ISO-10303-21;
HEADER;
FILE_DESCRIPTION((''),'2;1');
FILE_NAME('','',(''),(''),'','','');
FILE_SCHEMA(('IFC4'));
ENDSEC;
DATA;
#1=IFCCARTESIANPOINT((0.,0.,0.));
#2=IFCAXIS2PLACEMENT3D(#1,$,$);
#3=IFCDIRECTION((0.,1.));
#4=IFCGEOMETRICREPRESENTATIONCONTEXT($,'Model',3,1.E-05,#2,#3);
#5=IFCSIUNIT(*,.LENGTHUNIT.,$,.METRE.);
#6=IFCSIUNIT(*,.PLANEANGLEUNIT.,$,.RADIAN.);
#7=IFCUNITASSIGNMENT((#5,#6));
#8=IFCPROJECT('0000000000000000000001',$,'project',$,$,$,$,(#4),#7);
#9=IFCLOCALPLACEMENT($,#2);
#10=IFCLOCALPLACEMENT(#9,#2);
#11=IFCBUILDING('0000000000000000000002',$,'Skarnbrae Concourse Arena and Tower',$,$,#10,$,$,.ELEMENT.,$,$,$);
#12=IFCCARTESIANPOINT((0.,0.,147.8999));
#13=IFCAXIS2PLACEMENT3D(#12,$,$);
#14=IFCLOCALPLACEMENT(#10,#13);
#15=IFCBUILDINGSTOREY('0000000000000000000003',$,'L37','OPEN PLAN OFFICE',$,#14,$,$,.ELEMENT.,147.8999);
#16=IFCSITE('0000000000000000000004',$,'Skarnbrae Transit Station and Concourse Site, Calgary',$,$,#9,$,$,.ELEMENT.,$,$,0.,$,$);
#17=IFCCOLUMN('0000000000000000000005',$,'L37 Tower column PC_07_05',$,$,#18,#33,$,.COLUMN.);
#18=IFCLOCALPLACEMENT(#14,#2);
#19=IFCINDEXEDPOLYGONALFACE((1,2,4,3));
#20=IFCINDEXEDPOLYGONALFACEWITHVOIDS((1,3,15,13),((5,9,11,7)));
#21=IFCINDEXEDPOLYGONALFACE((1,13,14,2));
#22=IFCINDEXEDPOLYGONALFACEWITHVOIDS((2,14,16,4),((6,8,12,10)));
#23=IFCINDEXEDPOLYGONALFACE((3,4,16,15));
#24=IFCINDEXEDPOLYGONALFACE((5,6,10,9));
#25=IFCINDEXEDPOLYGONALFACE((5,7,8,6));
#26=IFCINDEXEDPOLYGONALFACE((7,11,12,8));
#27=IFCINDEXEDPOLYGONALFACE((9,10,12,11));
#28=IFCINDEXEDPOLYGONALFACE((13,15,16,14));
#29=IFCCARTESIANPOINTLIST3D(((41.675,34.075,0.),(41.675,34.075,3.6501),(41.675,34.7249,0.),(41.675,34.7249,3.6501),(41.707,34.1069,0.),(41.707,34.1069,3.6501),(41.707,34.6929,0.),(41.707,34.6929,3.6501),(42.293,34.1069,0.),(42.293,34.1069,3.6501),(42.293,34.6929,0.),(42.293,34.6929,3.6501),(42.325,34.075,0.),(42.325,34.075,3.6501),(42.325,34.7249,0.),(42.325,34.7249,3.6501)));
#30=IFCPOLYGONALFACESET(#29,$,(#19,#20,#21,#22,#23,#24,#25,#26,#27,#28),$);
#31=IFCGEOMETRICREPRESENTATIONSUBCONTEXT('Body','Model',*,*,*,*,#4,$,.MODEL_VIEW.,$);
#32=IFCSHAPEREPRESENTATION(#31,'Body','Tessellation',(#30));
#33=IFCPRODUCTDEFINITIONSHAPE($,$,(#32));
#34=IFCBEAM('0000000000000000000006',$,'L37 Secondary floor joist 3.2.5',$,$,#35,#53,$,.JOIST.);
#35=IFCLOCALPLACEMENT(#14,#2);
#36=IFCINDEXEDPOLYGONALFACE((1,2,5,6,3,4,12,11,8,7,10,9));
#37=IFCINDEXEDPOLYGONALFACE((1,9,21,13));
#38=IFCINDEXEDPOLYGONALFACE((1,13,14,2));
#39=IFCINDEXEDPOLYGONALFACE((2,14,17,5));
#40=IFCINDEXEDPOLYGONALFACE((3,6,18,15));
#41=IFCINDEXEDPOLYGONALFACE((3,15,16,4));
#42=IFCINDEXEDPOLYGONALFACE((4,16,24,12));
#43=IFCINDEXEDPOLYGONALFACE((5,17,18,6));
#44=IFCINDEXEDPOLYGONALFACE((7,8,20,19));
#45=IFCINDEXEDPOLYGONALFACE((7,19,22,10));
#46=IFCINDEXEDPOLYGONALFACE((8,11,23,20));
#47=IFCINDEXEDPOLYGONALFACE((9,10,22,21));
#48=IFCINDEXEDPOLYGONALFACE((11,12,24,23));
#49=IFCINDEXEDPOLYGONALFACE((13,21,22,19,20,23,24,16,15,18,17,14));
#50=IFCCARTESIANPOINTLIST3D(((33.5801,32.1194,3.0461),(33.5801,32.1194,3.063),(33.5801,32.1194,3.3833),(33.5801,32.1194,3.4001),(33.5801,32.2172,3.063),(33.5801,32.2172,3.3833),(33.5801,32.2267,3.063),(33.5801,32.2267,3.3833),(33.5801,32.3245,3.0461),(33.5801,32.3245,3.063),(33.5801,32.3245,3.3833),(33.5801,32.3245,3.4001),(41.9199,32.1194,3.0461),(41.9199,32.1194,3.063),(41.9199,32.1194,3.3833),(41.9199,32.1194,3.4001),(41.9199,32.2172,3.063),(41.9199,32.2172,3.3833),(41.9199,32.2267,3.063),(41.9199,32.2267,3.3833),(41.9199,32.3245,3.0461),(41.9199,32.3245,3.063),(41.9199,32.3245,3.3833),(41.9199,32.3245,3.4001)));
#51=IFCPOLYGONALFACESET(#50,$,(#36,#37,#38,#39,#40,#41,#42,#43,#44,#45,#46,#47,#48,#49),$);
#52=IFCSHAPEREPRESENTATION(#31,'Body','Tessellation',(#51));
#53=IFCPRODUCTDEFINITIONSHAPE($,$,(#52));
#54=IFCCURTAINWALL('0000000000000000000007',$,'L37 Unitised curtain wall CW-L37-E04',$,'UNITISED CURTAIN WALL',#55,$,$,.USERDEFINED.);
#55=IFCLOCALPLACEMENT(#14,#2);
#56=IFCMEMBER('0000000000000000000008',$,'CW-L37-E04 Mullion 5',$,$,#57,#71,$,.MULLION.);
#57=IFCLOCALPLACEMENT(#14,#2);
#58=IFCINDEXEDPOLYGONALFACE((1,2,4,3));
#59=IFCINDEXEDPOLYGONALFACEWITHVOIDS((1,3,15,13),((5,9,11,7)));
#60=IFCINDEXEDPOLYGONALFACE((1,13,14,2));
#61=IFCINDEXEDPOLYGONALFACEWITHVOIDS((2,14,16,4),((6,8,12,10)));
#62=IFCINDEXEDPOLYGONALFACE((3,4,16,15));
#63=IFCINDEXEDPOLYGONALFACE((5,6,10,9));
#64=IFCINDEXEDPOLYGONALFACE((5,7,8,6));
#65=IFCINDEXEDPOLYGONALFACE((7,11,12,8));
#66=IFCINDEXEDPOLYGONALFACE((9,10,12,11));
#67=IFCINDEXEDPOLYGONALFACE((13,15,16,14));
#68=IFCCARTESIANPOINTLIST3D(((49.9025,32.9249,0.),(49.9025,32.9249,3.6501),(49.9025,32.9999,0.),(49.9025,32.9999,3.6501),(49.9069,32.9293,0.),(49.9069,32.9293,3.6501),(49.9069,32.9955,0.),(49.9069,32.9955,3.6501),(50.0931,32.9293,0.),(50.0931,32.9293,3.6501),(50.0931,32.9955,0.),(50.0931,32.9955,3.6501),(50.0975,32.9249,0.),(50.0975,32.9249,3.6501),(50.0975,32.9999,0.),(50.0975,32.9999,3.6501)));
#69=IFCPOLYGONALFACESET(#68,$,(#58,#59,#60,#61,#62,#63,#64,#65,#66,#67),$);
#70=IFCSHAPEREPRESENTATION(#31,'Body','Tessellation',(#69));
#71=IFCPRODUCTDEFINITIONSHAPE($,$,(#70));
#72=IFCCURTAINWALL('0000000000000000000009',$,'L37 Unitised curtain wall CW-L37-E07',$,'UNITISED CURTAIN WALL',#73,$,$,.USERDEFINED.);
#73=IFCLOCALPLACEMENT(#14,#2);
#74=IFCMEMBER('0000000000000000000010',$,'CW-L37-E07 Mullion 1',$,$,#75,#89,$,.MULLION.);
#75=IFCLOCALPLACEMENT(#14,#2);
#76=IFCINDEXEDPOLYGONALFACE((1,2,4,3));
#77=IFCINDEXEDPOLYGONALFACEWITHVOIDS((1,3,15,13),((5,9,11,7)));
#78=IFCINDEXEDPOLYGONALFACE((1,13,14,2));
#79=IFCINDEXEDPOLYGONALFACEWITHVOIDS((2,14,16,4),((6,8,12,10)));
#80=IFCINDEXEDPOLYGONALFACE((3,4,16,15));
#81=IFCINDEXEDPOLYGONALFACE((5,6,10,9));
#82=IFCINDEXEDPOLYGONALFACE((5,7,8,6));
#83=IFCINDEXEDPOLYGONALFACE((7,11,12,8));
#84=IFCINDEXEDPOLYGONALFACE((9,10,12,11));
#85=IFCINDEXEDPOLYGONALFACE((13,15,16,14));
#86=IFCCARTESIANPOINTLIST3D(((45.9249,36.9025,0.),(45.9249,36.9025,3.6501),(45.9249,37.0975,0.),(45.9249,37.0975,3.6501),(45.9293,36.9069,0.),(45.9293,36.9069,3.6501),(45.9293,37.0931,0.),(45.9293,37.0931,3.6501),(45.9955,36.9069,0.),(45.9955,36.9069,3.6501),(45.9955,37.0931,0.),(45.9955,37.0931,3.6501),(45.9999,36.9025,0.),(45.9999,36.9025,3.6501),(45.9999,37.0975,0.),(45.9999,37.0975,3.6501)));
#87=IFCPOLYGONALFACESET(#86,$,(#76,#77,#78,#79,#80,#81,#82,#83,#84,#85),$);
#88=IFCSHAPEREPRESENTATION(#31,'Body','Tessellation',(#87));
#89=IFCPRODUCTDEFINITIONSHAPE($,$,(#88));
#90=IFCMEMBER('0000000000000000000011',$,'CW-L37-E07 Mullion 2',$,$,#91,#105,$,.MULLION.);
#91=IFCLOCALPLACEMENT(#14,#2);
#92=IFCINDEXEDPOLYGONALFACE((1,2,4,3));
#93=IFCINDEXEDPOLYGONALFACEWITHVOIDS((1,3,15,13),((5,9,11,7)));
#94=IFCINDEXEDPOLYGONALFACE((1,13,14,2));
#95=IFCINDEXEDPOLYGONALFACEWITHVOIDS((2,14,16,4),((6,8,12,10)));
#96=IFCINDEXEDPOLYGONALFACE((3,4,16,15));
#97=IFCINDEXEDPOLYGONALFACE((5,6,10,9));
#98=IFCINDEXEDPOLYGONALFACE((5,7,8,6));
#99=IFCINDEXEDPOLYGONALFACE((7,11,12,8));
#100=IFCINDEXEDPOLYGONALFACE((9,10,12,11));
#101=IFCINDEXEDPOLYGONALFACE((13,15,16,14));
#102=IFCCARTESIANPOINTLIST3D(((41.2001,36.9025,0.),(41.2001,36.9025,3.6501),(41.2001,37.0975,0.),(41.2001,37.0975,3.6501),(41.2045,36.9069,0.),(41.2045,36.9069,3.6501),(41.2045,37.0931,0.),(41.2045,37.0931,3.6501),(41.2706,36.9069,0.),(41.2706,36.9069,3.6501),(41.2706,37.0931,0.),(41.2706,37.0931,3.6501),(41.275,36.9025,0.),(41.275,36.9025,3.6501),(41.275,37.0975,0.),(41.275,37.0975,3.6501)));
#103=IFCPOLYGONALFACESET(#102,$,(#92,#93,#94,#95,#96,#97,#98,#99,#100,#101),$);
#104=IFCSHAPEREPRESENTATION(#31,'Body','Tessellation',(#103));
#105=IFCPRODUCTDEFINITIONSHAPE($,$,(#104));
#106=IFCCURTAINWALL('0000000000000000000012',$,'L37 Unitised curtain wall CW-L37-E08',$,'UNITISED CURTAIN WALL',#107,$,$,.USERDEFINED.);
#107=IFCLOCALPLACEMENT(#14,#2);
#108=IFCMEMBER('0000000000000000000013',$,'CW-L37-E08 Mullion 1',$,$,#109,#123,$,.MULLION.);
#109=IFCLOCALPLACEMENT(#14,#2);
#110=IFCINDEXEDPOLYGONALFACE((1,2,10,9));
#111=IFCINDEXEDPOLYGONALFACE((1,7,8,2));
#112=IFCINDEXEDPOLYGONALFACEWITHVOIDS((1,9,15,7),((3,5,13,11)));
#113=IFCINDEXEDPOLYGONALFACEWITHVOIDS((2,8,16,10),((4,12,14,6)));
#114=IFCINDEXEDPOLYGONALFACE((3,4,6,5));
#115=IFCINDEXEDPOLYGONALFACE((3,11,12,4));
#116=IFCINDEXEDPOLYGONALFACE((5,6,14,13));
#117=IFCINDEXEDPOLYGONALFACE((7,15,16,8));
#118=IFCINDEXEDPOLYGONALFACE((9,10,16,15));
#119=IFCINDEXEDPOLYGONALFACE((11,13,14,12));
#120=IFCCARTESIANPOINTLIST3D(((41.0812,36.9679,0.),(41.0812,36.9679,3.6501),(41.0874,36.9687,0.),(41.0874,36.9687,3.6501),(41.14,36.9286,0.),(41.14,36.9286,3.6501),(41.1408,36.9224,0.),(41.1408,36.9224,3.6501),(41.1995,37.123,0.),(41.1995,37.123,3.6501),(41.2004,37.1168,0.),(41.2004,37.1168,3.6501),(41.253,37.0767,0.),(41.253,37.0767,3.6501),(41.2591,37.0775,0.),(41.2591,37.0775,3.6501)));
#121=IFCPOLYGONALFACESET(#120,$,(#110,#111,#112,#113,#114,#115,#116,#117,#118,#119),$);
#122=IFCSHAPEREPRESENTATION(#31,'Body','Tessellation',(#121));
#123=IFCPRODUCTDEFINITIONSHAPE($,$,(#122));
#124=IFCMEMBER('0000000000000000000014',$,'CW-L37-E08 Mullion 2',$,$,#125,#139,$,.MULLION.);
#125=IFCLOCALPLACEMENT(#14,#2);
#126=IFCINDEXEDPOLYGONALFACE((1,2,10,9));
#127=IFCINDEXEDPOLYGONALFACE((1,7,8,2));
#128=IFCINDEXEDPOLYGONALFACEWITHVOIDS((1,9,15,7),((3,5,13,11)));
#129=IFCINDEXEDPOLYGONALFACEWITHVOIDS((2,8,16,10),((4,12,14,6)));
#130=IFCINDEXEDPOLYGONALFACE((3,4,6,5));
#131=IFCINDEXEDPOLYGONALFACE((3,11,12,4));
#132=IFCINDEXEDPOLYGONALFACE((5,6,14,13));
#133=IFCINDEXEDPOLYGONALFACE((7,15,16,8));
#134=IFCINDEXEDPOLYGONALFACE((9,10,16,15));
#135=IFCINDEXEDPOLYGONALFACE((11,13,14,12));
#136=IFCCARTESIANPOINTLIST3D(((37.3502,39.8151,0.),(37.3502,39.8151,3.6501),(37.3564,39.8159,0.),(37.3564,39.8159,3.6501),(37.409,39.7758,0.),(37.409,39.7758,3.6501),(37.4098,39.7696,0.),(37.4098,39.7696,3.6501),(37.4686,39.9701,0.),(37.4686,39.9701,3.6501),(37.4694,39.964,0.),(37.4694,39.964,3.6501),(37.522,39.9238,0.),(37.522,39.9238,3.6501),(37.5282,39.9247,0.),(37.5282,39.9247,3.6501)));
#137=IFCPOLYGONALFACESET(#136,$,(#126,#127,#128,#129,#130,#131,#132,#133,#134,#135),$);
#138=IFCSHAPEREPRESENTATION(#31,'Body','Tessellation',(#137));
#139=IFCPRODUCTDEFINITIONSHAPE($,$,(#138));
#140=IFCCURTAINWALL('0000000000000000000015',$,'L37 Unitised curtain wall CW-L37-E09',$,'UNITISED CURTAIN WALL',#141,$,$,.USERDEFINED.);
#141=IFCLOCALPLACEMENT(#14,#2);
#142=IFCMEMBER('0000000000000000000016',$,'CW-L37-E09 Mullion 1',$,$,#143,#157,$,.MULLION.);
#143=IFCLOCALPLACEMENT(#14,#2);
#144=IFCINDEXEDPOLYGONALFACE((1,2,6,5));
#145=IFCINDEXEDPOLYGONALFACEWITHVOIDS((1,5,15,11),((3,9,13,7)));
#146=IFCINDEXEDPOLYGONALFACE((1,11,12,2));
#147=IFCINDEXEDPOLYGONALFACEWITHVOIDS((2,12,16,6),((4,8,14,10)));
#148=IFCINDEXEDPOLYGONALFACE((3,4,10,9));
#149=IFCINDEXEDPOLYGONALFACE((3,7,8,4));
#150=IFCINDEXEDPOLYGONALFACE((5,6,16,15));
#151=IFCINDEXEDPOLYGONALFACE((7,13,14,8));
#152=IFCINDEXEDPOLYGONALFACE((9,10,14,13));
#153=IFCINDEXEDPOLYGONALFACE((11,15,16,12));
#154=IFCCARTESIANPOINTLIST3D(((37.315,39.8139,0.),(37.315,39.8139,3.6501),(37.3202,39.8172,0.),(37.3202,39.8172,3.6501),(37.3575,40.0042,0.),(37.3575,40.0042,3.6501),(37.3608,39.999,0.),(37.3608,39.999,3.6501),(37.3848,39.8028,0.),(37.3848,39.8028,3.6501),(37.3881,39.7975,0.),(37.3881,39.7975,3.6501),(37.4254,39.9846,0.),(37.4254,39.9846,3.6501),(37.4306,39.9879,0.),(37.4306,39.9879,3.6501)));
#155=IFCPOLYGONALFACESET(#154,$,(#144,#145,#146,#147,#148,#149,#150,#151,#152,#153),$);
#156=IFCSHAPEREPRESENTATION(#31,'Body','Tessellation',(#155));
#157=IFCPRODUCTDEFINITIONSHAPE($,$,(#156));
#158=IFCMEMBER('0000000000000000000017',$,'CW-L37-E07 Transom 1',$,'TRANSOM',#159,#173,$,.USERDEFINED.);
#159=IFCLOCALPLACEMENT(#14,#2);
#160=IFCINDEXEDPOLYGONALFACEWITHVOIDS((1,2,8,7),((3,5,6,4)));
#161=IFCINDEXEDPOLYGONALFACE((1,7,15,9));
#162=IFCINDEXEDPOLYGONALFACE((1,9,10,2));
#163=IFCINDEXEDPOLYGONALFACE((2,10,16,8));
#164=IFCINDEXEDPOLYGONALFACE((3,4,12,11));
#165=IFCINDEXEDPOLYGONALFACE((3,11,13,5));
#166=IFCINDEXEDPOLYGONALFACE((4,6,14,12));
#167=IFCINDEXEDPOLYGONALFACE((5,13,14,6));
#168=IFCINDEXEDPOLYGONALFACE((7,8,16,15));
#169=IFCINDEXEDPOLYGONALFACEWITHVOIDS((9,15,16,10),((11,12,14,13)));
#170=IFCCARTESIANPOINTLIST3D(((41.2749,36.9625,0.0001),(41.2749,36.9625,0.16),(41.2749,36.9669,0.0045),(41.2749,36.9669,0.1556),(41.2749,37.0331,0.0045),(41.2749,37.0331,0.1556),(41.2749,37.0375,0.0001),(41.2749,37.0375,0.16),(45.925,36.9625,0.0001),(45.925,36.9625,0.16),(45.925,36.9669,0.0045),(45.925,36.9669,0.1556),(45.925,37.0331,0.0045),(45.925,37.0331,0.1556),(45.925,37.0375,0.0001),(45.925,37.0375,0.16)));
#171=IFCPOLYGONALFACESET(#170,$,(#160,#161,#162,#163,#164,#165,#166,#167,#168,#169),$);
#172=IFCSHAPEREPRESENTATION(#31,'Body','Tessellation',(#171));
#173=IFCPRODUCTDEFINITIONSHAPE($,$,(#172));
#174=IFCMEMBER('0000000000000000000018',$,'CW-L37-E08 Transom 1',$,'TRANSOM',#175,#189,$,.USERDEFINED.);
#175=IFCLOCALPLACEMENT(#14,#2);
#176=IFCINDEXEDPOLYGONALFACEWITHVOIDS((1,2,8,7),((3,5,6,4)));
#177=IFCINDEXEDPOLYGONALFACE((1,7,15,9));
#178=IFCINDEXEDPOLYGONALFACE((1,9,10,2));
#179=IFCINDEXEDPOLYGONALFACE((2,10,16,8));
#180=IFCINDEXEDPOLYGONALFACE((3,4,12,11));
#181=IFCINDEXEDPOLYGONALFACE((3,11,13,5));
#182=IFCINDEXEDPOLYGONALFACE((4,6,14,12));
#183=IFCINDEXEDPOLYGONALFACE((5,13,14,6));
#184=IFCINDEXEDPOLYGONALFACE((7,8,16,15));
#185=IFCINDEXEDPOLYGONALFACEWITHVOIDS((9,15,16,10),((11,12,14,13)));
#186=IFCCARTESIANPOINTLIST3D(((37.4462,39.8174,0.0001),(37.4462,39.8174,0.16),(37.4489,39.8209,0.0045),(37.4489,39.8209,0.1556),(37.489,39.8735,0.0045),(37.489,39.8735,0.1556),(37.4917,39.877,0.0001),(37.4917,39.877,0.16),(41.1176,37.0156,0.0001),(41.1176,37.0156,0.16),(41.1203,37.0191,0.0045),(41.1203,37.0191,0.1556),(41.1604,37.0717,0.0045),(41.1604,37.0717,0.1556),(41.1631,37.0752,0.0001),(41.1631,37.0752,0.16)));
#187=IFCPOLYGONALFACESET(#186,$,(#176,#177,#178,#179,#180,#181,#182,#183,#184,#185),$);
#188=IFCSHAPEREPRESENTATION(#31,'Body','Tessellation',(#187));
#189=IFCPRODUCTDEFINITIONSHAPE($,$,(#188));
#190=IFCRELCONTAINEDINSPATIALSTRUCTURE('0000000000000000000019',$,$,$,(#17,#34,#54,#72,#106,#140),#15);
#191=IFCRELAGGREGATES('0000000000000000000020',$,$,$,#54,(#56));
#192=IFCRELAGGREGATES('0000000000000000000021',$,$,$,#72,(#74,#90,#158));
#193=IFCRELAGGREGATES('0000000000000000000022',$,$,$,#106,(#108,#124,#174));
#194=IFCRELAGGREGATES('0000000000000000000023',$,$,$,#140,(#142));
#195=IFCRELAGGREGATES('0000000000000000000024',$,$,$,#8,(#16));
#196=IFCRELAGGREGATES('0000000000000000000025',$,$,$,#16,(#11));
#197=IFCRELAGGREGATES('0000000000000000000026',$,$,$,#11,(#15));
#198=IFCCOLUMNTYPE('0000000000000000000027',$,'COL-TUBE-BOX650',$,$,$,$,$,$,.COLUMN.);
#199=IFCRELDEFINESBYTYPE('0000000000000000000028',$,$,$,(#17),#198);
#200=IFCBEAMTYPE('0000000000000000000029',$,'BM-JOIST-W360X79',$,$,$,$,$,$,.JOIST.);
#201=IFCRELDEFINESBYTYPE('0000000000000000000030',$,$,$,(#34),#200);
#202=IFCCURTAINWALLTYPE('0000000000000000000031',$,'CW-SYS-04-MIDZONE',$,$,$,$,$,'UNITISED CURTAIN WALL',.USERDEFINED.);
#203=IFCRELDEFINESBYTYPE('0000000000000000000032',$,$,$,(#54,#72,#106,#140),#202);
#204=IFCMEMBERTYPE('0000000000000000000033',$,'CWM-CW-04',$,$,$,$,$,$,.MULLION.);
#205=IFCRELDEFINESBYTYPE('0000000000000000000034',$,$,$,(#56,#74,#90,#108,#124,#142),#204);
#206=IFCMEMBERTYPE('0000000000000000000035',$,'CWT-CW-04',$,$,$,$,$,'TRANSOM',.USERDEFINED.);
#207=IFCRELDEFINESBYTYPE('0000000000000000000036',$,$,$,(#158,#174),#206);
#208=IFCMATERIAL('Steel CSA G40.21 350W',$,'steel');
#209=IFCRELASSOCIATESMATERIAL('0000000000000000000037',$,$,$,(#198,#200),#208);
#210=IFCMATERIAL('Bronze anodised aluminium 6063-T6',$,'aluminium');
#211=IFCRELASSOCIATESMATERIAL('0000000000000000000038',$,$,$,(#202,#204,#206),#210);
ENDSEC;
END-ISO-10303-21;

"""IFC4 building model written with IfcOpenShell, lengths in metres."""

from ifc_helpers import new_model, si_unit, direction, frame, origin, origin_2d, place, context, subcontext, project, spatial, hollow_rectangle, i_section, extrude, source, transform, mapped, material, material_profile, profile_set, type_object, element, aggregate, save


model = new_model("IFC4")

# Units and contexts
model_context = context("Model", 3, precision=1e-05, world=origin(), true_north=direction((0.0, 1.0)))
body_context = subcontext(model_context, "Body", "Model", "MODEL_VIEW")
ifc_project = project(units=[si_unit("LENGTHUNIT", "METRE"), si_unit("PLANEANGLEUNIT", "RADIAN")], contexts=[model_context])

# Site, building, storey
site_placement = place(None, origin())
site = spatial("IfcSite", under=ifc_project, at=site_placement, Name="Skarnbrae Transit Station and Concourse Site, Calgary", CompositionType="ELEMENT", RefElevation=0.0)
building_placement = place(site_placement, origin())
building = spatial("IfcBuilding", under=site, at=building_placement, Name="Skarnbrae Concourse Arena and Tower", CompositionType="ELEMENT")
storey_placement = place(building_placement, frame((0.0, 0.0, 147.8999)))
storey = spatial("IfcBuildingStorey", under=building, at=storey_placement, Name="L37", Description="OPEN PLAN OFFICE", CompositionType="ELEMENT", Elevation=147.8999)

# Column
ifc_material_1 = material(Name="Steel CSA G40.21 350W", Category="steel")
ifc_material_profile_1 = material_profile(ifc_material_1, hollow_rectangle(XDim=0.6499, YDim=0.6499, WallThickness=0.032, at=origin_2d()), Name="BOX650X650X32")
ifc_profile_set_1 = profile_set([ifc_material_profile_1], Name="Steel CSA G40.21 350W")
column_type = type_object("IfcColumnType", Name="COL-TUBE-BOX650", PredefinedType="COLUMN", material=ifc_profile_set_1)
shared_shape_1 = source(origin(), body_context, "Body", "SweptSolid", [
    extrude(hollow_rectangle(XDim=0.6499, YDim=0.6499, WallThickness=0.032, at=origin_2d()), origin(), (0.0, 0.0, 1.0), 3.6501),
])
column_placement = place(storey_placement, frame((42.0, 34.3999, 0.0), z_axis=(0.0, 0.0, 1.0), x_axis=(1.0, 0.0, 0.0)))
element("IfcColumn", 1, at=column_placement, inside=storey, type_object=column_type, Name="L37 Tower column PC_07_05", PredefinedType="COLUMN", context=body_context, shape_type="MappedRepresentation", body=[
    mapped(shared_shape_1, transform((0.0, 0.0, 0.0))),
])

# Beam
ifc_material_profile_2 = material_profile(ifc_material_1, i_section(OverallWidth=0.2051, OverallDepth=0.354, WebThickness=0.0095, FlangeThickness=0.0168, at=origin_2d()), Name="W360X79")
ifc_profile_set_2 = profile_set([ifc_material_profile_2], Name="Steel CSA G40.21 350W")
beam_type = type_object("IfcBeamType", Name="BM-JOIST-W360X79", PredefinedType="JOIST", material=ifc_profile_set_2)
shared_shape_2 = source(origin(), body_context, "Body", "SweptSolid", [
    extrude(i_section(OverallWidth=0.2051, OverallDepth=0.354, WebThickness=0.0095, FlangeThickness=0.0168, at=origin_2d()), origin(), (0.0, 0.0, 1.0), 8.3398),
])
beam_placement = place(storey_placement, frame((33.5801, 32.2219, 3.2231), z_axis=(1.0, 0.0, 0.0), x_axis=(0.0, 1.0, 0.0)))
element("IfcBeam", 2, at=beam_placement, inside=storey, type_object=beam_type, Name="L37 Secondary floor joist 3.2.5", PredefinedType="JOIST", context=body_context, shape_type="MappedRepresentation", body=[
    mapped(shared_shape_2, transform((0.0, 0.0, 0.0))),
])

# Curtain wall, member
ifc_material_2 = material(Name="Bronze anodised aluminium 6063-T6", Category="aluminium")
curtain_wall_type = type_object("IfcCurtainWallType", Name="CW-SYS-04-MIDZONE", ElementType="UNITISED CURTAIN WALL", PredefinedType="USERDEFINED", material=ifc_material_2)
curtain_wall_1_placement = place(storey_placement, origin())
curtain_wall_1 = element("IfcCurtainWall", 3, at=curtain_wall_1_placement, inside=storey, type_object=curtain_wall_type, Name="L37 Unitised curtain wall CW-L37-E04", ObjectType="UNITISED CURTAIN WALL", PredefinedType="USERDEFINED")
ifc_material_profile_3 = material_profile(ifc_material_2, hollow_rectangle(XDim=0.075, YDim=0.1951, WallThickness=0.0044, at=origin_2d()), Name="ALU-MULL-75X195")
ifc_profile_set_3 = profile_set([ifc_material_profile_3], Name="Bronze anodised aluminium 6063-T6")
member_type_1 = type_object("IfcMemberType", Name="CWM-CW-04", PredefinedType="MULLION", material=ifc_profile_set_3)
shared_shape_3 = source(origin(), body_context, "Body", "SweptSolid", [
    extrude(hollow_rectangle(XDim=0.075, YDim=0.1951, WallThickness=0.0044, at=origin_2d()), origin(), (0.0, 0.0, 1.0), 3.6501),
])
member_1_placement = place(storey_placement, frame((50.0, 32.9624, 0.0), z_axis=(0.0, 0.0, 1.0), x_axis=(0.0, 1.0, 0.0)))
member_1 = element("IfcMember", 4, at=member_1_placement, type_object=member_type_1, Name="CW-L37-E04 Mullion 5", PredefinedType="MULLION", context=body_context, shape_type="MappedRepresentation", body=[
    mapped(shared_shape_3, transform((0.0, 0.0, 0.0))),
])
aggregate(curtain_wall_1, [member_1])

# Curtain walls, members
curtain_wall_2_placement = place(storey_placement, origin())
curtain_wall_2 = element("IfcCurtainWall", 5, at=curtain_wall_2_placement, inside=storey, type_object=curtain_wall_type, Name="L37 Unitised curtain wall CW-L37-E07", ObjectType="UNITISED CURTAIN WALL", PredefinedType="USERDEFINED")
member_2_placement = place(storey_placement, frame((45.9624, 37.0, 0.0), z_axis=(0.0, 0.0, 1.0), x_axis=(-1.0, 0.0, 0.0)))
member_2 = element("IfcMember", 6, at=member_2_placement, type_object=member_type_1, Name="CW-L37-E07 Mullion 1", PredefinedType="MULLION", context=body_context, shape_type="MappedRepresentation", body=[
    mapped(shared_shape_3, transform((0.0, 0.0, 0.0))),
])
member_3_placement = place(storey_placement, frame((41.2375, 37.0, 0.0), z_axis=(0.0, 0.0, 1.0), x_axis=(-1.0, 0.0, 0.0)))
member_3 = element("IfcMember", 7, at=member_3_placement, type_object=member_type_1, Name="CW-L37-E07 Mullion 2", PredefinedType="MULLION", context=body_context, shape_type="MappedRepresentation", body=[
    mapped(shared_shape_3, transform((0.0, 0.0, 0.0))),
])
curtain_wall_3_placement = place(storey_placement, origin())
curtain_wall_3 = element("IfcCurtainWall", 8, at=curtain_wall_3_placement, inside=storey, type_object=curtain_wall_type, Name="L37 Unitised curtain wall CW-L37-E08", ObjectType="UNITISED CURTAIN WALL", PredefinedType="USERDEFINED")
member_4_placement = place(storey_placement, frame((41.1702, 37.0227, 0.0), z_axis=(0.0, 0.0, 1.0), x_axis=(-0.794956, 0.606667, 0.0)))
member_4 = element("IfcMember", 9, at=member_4_placement, type_object=member_type_1, Name="CW-L37-E08 Mullion 1", PredefinedType="MULLION", context=body_context, shape_type="MappedRepresentation", body=[
    mapped(shared_shape_3, transform((0.0, 0.0, 0.0))),
])
member_5_placement = place(storey_placement, frame((37.4392, 39.8699, 0.0), z_axis=(0.0, 0.0, 1.0), x_axis=(-0.794956, 0.606667, 0.0)))
member_5 = element("IfcMember", 10, at=member_5_placement, type_object=member_type_1, Name="CW-L37-E08 Mullion 2", PredefinedType="MULLION", context=body_context, shape_type="MappedRepresentation", body=[
    mapped(shared_shape_3, transform((0.0, 0.0, 0.0))),
])

# Curtain wall, member
curtain_wall_4_placement = place(storey_placement, origin())
curtain_wall_4 = element("IfcCurtainWall", 11, at=curtain_wall_4_placement, inside=storey, type_object=curtain_wall_type, Name="L37 Unitised curtain wall CW-L37-E09", ObjectType="UNITISED CURTAIN WALL", PredefinedType="USERDEFINED")
member_6_placement = place(storey_placement, frame((37.3728, 39.9009, 0.0), z_axis=(0.0, 0.0, 1.0), x_axis=(-0.975936, 0.218056, 0.0)))
member_6 = element("IfcMember", 12, at=member_6_placement, type_object=member_type_1, Name="CW-L37-E09 Mullion 1", PredefinedType="MULLION", context=body_context, shape_type="MappedRepresentation", body=[
    mapped(shared_shape_3, transform((0.0, 0.0, 0.0))),
])

# Members
ifc_material_profile_4 = material_profile(ifc_material_2, hollow_rectangle(XDim=0.075, YDim=0.1599, WallThickness=0.0044, at=origin_2d()), Name="ALU-TRAN-75X160")
ifc_profile_set_4 = profile_set([ifc_material_profile_4], Name="Bronze anodised aluminium 6063-T6")
member_type_2 = type_object("IfcMemberType", Name="CWT-CW-04", ElementType="TRANSOM", PredefinedType="USERDEFINED", material=ifc_profile_set_4)
shared_shape_4 = source(origin(), body_context, "Body", "SweptSolid", [
    extrude(hollow_rectangle(XDim=0.075, YDim=0.1599, WallThickness=0.0044, at=origin_2d()), origin(), (0.0, 0.0, 1.0), 4.6501),
])
member_7_placement = place(storey_placement, frame((45.925, 37.0, 0.0801), z_axis=(-1.0, 0.0, 0.0), x_axis=(0.0, -1.0, 0.0)))
member_7 = element("IfcMember", 13, at=member_7_placement, type_object=member_type_2, Name="CW-L37-E07 Transom 1", ObjectType="TRANSOM", PredefinedType="USERDEFINED", context=body_context, shape_type="MappedRepresentation", body=[
    mapped(shared_shape_4, transform((0.0, 0.0, 0.0))),
])
shared_shape_5 = source(origin(), body_context, "Body", "SweptSolid", [
    extrude(hollow_rectangle(XDim=0.075, YDim=0.1599, WallThickness=0.0044, at=origin_2d()), origin(), (0.0, 0.0, 1.0), 4.6184),
])
member_8_placement = place(storey_placement, frame((41.1404, 37.0454, 0.0801), z_axis=(-0.794961, 0.606661, 0.0), x_axis=(-0.606661, -0.794961, 0.0)))
member_8 = element("IfcMember", 14, at=member_8_placement, type_object=member_type_2, Name="CW-L37-E08 Transom 1", ObjectType="TRANSOM", PredefinedType="USERDEFINED", context=body_context, shape_type="MappedRepresentation", body=[
    mapped(shared_shape_5, transform((0.0, 0.0, 0.0))),
])

aggregate(curtain_wall_2, [member_2, member_3, member_7])
aggregate(curtain_wall_3, [member_4, member_5, member_8])
aggregate(curtain_wall_4, [member_6])

save(model, "model.ifc")
